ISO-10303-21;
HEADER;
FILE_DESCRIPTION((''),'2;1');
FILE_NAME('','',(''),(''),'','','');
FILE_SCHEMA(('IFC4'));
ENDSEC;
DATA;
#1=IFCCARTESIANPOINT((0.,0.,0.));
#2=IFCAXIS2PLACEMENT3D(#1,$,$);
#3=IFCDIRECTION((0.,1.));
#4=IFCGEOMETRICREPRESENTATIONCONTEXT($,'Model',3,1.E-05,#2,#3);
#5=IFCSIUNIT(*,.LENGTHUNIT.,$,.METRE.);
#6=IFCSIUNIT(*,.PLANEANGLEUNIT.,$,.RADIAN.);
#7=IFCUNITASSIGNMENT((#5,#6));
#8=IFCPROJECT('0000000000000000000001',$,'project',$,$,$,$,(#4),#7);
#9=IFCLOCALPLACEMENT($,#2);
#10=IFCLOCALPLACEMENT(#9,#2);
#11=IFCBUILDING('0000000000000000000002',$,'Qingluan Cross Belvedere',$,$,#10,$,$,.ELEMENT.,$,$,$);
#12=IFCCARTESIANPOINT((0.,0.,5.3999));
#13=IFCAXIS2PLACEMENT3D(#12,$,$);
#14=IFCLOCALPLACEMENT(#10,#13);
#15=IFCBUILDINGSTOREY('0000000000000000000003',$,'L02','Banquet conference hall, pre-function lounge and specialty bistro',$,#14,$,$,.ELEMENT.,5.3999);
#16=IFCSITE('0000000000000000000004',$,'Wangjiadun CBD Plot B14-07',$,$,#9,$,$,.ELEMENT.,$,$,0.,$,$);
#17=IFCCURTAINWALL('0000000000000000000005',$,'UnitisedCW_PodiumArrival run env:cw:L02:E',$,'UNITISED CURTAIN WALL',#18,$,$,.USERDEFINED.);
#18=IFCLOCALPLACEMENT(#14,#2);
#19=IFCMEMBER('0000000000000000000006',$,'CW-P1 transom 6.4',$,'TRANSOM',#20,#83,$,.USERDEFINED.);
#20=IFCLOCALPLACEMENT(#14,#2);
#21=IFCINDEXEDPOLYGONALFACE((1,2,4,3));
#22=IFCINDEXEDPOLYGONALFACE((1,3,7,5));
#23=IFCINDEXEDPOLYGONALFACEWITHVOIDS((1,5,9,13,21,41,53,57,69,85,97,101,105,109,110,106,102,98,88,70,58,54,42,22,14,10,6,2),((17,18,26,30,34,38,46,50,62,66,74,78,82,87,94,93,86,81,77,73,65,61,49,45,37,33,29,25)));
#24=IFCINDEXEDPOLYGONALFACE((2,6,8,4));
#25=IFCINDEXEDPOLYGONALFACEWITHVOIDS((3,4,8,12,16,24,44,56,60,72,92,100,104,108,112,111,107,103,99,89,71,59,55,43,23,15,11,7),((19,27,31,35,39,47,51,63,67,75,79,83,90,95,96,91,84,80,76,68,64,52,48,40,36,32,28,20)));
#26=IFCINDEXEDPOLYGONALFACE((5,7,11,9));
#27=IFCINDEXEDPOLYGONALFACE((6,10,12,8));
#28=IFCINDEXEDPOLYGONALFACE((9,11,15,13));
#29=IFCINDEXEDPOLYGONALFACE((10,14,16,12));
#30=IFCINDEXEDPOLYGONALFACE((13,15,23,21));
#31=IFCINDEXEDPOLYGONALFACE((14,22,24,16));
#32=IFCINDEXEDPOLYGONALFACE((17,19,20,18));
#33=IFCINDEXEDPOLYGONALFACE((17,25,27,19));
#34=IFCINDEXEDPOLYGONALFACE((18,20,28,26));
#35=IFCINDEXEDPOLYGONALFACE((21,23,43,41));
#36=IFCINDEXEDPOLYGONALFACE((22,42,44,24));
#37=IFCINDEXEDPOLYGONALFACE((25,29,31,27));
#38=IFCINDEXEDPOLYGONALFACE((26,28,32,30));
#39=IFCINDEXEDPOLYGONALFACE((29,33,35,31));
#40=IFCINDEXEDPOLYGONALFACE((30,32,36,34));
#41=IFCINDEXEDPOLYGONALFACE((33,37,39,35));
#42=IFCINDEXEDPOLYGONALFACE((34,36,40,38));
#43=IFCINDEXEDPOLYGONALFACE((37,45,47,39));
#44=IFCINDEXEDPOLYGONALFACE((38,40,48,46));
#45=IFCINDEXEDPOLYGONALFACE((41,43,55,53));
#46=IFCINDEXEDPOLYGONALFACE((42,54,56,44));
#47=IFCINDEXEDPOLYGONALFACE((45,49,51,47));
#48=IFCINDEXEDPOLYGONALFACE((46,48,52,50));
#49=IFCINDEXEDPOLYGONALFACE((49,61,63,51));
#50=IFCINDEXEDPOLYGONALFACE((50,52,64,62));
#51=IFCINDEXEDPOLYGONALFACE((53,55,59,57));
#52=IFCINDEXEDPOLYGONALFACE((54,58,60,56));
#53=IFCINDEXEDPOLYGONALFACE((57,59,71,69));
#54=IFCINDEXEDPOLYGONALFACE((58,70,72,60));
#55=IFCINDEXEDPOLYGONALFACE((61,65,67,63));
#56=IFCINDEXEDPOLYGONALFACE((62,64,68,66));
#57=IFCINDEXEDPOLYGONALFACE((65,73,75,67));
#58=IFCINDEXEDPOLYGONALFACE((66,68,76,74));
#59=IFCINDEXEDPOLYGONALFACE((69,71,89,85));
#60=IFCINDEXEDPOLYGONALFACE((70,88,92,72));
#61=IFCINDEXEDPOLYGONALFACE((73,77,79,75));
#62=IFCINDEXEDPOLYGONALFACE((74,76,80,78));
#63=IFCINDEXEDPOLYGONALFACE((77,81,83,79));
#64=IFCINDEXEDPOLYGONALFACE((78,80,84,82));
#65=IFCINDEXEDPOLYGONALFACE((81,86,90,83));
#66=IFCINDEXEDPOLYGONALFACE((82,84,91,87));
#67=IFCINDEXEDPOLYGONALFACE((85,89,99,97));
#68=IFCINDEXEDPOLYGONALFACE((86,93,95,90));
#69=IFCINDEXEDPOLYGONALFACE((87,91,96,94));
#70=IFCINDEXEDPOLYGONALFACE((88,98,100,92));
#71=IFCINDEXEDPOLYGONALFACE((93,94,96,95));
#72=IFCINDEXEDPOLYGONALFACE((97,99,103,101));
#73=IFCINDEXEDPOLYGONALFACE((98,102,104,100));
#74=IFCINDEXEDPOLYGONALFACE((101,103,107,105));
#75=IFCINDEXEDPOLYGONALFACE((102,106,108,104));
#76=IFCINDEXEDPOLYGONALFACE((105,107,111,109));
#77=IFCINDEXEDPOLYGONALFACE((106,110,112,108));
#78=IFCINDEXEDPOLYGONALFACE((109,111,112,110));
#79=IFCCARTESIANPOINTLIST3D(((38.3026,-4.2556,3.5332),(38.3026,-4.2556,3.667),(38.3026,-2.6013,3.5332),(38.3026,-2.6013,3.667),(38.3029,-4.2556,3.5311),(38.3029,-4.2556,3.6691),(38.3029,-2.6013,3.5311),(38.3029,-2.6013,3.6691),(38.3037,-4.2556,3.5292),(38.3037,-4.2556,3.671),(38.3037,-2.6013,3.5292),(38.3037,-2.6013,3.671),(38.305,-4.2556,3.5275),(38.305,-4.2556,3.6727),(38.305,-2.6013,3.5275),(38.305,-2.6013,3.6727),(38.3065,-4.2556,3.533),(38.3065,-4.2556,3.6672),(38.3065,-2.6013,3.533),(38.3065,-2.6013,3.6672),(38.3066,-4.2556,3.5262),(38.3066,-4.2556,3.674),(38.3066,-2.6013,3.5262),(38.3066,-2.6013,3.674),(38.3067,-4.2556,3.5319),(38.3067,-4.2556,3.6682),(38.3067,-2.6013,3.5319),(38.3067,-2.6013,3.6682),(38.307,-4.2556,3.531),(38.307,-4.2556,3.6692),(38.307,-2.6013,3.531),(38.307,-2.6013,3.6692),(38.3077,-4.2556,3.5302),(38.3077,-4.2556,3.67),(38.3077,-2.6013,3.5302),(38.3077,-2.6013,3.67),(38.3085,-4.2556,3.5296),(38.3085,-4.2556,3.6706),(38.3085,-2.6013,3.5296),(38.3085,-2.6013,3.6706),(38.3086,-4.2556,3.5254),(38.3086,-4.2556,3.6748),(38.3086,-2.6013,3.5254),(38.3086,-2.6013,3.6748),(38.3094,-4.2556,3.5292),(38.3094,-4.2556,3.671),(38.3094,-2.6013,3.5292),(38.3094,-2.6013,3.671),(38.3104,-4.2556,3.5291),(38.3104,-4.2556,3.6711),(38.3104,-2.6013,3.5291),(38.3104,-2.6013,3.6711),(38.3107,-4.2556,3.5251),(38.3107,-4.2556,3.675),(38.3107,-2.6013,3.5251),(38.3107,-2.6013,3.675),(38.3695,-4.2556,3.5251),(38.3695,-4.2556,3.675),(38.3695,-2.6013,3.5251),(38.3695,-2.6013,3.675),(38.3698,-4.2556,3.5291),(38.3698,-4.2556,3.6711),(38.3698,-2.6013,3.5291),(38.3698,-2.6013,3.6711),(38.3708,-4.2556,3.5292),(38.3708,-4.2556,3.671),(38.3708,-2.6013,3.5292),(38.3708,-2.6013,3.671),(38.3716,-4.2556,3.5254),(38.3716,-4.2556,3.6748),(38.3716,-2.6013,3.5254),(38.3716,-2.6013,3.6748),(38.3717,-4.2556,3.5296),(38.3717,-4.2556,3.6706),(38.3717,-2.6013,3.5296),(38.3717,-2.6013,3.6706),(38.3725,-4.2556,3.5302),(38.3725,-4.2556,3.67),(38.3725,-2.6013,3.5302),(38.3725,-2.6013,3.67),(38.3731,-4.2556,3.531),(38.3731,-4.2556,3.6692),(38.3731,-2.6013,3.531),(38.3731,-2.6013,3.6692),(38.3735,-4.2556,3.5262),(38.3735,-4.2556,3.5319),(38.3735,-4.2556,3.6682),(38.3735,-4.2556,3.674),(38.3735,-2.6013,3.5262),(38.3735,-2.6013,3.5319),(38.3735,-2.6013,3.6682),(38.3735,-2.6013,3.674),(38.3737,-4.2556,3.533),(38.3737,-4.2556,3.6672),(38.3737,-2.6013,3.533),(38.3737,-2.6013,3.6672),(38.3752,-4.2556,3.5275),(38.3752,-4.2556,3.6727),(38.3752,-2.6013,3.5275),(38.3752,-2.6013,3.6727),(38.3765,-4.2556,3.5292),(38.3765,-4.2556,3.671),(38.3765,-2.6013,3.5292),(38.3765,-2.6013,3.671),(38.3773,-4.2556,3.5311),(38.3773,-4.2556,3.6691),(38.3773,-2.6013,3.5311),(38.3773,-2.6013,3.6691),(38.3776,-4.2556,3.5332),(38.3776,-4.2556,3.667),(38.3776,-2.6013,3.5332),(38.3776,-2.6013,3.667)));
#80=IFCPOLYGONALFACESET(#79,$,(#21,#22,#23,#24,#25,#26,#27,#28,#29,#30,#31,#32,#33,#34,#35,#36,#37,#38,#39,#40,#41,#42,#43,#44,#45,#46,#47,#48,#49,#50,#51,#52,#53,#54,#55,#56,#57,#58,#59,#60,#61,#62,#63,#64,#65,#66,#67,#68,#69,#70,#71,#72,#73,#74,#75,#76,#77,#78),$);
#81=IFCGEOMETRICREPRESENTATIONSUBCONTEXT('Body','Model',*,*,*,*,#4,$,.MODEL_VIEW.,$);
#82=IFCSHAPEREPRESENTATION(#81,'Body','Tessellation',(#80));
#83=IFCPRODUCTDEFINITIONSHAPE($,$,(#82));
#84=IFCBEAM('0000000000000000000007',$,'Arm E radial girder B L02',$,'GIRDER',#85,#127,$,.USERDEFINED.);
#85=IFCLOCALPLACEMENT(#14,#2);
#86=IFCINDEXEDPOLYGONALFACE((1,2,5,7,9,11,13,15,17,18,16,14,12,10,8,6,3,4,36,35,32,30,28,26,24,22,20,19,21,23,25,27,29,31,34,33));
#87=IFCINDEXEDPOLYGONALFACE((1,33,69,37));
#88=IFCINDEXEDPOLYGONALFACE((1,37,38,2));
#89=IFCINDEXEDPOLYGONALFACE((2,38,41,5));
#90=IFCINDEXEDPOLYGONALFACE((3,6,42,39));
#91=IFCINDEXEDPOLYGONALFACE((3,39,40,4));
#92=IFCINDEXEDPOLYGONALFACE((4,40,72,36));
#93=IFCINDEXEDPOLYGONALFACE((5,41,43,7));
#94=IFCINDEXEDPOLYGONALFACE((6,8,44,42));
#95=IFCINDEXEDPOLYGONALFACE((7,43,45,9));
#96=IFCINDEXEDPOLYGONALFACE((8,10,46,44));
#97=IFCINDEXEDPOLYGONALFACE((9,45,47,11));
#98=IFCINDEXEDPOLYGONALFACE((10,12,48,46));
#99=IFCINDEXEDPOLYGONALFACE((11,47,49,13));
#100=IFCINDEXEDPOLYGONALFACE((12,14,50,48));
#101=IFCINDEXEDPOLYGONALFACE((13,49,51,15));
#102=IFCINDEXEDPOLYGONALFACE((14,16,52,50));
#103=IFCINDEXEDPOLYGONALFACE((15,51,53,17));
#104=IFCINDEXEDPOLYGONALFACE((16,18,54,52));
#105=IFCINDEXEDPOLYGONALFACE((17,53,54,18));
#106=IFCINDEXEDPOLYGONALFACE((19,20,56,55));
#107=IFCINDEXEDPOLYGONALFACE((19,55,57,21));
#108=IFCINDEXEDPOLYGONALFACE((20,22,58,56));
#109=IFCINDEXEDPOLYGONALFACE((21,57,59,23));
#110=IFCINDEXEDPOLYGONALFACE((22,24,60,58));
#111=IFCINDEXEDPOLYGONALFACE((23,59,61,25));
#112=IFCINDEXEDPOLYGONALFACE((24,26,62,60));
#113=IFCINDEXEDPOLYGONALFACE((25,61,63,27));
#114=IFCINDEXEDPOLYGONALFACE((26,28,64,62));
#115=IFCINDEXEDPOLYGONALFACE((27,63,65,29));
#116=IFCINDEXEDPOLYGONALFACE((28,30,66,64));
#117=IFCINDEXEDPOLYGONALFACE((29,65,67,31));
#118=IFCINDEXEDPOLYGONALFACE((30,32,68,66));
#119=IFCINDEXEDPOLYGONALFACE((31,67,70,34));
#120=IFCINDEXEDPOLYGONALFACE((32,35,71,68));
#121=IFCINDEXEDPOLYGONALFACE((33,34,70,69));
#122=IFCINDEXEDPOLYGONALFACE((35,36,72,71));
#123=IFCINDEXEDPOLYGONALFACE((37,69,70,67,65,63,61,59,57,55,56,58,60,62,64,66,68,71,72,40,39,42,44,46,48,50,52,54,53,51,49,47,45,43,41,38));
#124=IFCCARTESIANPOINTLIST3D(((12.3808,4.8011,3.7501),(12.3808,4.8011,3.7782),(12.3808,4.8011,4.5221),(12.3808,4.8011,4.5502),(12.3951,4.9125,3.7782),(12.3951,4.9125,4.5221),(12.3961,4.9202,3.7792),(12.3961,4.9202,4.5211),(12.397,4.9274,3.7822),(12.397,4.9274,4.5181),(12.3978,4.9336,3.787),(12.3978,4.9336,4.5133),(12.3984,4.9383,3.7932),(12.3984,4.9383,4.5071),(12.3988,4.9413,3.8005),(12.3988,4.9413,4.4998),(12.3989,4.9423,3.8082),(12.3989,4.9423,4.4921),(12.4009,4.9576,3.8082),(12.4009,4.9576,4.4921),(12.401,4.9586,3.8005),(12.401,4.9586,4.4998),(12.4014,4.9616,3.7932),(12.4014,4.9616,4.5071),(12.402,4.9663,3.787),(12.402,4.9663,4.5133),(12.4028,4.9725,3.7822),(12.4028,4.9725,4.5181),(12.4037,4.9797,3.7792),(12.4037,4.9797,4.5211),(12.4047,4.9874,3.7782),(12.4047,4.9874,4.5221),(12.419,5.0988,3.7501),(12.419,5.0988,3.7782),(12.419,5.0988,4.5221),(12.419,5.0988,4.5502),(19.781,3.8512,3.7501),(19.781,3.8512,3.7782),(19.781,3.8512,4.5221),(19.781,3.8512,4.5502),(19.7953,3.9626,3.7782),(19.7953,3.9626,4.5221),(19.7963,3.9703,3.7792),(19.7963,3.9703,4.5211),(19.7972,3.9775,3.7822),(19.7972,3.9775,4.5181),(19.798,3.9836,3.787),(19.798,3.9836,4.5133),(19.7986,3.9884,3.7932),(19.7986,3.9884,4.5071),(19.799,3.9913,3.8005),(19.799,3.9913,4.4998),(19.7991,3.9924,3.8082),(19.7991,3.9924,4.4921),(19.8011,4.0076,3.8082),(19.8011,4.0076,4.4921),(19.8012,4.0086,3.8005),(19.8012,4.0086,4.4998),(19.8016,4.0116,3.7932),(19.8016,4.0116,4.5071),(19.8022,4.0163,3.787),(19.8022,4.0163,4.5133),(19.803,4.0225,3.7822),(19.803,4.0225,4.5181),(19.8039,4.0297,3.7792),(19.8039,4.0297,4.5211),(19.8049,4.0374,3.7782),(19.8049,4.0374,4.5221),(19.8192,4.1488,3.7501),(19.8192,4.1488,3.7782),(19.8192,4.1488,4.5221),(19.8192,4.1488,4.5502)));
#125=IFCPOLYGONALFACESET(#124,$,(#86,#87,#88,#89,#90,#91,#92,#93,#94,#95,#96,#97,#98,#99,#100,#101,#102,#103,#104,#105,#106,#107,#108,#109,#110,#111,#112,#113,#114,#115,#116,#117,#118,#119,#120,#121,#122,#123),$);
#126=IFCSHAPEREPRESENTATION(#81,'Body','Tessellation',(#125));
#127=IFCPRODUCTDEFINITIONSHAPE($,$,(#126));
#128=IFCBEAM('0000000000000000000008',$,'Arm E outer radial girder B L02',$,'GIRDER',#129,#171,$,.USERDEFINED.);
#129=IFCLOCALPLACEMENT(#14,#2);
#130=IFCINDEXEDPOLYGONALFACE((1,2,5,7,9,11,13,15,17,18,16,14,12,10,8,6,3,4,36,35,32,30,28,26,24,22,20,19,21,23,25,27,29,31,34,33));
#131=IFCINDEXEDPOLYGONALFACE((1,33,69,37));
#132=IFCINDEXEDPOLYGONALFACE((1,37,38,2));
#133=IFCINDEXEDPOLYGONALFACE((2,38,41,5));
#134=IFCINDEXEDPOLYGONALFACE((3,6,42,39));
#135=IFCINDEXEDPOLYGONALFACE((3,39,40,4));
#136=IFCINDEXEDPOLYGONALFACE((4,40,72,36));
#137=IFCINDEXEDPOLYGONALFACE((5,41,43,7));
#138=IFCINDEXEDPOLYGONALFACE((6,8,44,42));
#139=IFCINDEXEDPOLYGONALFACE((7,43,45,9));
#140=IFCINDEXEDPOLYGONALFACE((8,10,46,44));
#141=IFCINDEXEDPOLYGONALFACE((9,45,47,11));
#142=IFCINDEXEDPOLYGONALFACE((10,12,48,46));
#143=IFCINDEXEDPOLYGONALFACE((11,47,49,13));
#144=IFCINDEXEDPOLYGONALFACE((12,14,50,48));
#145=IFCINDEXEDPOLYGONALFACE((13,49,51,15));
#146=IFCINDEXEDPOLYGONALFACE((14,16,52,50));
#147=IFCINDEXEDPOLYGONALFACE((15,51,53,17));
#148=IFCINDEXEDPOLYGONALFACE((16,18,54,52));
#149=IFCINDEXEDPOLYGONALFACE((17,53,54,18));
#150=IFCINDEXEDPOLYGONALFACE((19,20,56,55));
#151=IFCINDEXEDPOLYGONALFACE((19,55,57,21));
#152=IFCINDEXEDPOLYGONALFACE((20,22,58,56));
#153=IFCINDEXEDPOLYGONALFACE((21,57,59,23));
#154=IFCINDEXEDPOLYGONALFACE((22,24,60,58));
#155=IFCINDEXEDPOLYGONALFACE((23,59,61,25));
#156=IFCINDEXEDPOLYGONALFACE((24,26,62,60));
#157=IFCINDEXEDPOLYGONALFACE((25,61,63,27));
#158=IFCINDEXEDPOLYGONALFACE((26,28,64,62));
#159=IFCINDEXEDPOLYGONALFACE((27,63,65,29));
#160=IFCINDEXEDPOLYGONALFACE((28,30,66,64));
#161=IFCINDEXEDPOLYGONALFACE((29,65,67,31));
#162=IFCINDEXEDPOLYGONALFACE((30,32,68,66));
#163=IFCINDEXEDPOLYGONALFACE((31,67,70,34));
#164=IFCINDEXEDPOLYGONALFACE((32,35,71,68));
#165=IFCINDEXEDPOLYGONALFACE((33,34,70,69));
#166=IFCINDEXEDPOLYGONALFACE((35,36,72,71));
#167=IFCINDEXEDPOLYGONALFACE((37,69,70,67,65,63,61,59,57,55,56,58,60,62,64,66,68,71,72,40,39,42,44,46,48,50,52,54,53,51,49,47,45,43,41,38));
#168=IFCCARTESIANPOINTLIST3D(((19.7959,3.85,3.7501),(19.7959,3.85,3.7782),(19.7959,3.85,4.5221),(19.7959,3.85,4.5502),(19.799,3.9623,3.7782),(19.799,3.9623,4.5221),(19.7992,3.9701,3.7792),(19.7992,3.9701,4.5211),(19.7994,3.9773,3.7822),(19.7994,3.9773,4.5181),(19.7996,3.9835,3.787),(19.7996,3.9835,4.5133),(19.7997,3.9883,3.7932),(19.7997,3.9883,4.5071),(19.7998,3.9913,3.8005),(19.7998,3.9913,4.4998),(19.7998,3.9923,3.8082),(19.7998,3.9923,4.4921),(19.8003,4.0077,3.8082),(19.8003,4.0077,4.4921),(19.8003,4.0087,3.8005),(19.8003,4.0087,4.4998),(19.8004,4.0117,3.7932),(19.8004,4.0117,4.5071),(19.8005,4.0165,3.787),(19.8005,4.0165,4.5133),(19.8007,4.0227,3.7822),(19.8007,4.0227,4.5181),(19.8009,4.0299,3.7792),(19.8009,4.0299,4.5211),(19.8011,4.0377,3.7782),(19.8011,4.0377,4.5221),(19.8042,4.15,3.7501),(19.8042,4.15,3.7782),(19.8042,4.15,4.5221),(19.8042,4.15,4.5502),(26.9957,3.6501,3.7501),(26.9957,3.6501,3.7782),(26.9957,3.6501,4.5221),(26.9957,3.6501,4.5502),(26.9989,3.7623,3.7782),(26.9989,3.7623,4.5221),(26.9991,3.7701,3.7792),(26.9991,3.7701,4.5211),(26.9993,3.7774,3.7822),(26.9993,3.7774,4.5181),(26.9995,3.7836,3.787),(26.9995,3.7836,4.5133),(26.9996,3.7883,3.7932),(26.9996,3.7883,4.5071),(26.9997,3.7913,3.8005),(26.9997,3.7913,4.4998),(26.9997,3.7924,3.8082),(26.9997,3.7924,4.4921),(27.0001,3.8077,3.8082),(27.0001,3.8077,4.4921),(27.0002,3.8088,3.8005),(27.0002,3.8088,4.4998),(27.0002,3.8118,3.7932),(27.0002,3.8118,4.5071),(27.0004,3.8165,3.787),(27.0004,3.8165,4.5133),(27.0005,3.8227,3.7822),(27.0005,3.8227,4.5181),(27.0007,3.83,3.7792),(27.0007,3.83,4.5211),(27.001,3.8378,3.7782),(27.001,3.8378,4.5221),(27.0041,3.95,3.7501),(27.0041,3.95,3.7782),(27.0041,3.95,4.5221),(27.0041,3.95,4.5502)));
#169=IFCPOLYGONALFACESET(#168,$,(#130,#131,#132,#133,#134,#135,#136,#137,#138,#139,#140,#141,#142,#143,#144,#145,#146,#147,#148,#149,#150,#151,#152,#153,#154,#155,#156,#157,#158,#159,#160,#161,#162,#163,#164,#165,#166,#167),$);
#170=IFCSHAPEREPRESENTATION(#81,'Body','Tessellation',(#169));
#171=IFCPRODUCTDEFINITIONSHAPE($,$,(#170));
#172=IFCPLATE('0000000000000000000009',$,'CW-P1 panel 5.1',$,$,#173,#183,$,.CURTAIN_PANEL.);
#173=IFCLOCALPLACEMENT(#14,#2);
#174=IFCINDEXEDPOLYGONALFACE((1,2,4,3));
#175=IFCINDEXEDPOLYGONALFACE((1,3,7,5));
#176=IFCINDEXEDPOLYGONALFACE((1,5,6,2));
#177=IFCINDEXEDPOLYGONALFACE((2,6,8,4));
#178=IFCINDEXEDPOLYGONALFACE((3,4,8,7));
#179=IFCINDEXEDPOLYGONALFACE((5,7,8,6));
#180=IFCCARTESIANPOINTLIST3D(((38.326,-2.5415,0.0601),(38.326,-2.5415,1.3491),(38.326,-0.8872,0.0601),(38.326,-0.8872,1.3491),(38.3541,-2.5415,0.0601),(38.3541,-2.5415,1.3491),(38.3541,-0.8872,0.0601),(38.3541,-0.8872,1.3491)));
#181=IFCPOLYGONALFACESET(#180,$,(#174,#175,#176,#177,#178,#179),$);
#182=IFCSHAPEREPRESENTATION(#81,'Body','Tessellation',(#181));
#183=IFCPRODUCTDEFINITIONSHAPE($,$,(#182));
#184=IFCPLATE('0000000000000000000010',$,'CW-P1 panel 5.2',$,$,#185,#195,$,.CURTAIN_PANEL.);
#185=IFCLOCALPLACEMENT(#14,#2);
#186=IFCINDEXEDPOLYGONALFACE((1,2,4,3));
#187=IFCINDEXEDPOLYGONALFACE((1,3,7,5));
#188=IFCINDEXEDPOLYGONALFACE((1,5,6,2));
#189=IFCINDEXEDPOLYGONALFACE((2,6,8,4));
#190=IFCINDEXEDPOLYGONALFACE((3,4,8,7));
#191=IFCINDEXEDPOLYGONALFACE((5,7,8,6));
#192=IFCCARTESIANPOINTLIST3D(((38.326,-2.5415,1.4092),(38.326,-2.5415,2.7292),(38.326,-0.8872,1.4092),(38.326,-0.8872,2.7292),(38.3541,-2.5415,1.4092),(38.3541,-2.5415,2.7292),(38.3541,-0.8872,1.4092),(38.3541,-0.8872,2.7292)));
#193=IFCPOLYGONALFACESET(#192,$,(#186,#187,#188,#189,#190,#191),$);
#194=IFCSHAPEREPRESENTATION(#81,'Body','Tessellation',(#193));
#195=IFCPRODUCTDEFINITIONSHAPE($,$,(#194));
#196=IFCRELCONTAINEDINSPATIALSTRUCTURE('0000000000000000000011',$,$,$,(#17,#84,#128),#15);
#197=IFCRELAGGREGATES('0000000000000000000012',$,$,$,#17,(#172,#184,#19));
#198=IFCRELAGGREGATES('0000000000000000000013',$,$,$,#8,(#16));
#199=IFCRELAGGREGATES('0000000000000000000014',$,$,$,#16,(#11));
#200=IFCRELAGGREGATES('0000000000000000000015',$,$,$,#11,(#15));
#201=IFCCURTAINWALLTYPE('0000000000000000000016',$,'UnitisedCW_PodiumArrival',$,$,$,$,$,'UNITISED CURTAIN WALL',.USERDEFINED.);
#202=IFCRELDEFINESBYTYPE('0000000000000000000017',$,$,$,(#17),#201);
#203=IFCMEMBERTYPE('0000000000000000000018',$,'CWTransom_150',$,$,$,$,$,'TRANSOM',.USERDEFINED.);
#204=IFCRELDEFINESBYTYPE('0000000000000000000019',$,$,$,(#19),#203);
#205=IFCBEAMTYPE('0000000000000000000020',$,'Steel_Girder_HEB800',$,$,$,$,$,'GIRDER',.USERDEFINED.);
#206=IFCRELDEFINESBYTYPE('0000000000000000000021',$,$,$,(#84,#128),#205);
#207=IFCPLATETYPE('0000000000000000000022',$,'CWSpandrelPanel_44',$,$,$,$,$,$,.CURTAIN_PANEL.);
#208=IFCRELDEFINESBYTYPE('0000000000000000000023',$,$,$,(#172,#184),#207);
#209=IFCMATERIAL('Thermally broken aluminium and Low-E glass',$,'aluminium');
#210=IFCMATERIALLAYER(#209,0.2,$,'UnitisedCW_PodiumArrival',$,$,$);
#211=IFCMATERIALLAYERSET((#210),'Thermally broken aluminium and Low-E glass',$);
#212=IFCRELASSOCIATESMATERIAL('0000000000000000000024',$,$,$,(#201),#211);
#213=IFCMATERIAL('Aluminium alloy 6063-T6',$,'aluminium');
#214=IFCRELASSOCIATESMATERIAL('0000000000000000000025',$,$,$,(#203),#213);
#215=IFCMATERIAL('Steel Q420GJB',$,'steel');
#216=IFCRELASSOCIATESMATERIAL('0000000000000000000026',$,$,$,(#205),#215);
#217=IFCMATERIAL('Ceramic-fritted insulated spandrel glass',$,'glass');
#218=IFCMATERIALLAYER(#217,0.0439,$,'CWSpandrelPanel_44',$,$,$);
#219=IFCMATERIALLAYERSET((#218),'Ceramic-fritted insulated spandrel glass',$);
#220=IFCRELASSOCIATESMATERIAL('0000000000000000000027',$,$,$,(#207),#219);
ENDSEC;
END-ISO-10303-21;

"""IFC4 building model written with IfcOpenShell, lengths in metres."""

from ifc_helpers import new_model, si_unit, direction, frame, origin, origin_2d, place, context, subcontext, project, spatial, rectangle, hollow_rectangle, i_section, extrude, material, layer, layer_set, material_profile, profile_set, type_object, element, aggregate, save


model = new_model("IFC4")

# Units and contexts
model_context = context("Model", 3, precision=1e-05, world=origin(), true_north=direction((0.0, 1.0)))
body_context = subcontext(model_context, "Body", "Model", "MODEL_VIEW")
ifc_project = project(units=[si_unit("LENGTHUNIT", "METRE"), si_unit("PLANEANGLEUNIT", "RADIAN")], contexts=[model_context])

# Site, building, storey
site_placement = place(None, origin())
site = spatial("IfcSite", under=ifc_project, at=site_placement, Name="Wangjiadun CBD Plot B14-07", CompositionType="ELEMENT", RefElevation=0.0)
building_placement = place(site_placement, origin())
building = spatial("IfcBuilding", under=site, at=building_placement, Name="Qingluan Cross Belvedere", CompositionType="ELEMENT")
storey_placement = place(building_placement, frame((0.0, 0.0, 5.3999)))
storey = spatial("IfcBuildingStorey", under=building, at=storey_placement, Name="L02", Description="Banquet conference hall, pre-function lounge and specialty bistro", CompositionType="ELEMENT", Elevation=5.3999)

# Curtain wall, member
ifc_material_1 = material(Name="Thermally broken aluminium and Low-E glass", Category="aluminium")
ifc_layer_1 = layer(ifc_material_1, 0.2, Name="UnitisedCW_PodiumArrival")
ifc_layer_set_1 = layer_set([ifc_layer_1], Name="Thermally broken aluminium and Low-E glass")
curtain_wall_type = type_object("IfcCurtainWallType", Name="UnitisedCW_PodiumArrival", ElementType="UNITISED CURTAIN WALL", PredefinedType="USERDEFINED", material=ifc_layer_set_1)
curtain_wall_placement = place(storey_placement, origin())
curtain_wall = element("IfcCurtainWall", 1, at=curtain_wall_placement, inside=storey, type_object=curtain_wall_type, Name="UnitisedCW_PodiumArrival run env:cw:L02:E", ObjectType="UNITISED CURTAIN WALL", PredefinedType="USERDEFINED")
ifc_material_2 = material(Name="Aluminium alloy 6063-T6", Category="aluminium")
ifc_material_profile_1 = material_profile(ifc_material_2, hollow_rectangle(XDim=0.075, YDim=0.1499, WallThickness=0.0039, InnerFilletRadius=0.0039, OuterFilletRadius=0.0081, at=origin_2d()), Name="CWT150x75x4")
ifc_profile_set_1 = profile_set([ifc_material_profile_1], Name="Aluminium alloy 6063-T6")
member_type_1 = type_object("IfcMemberType", Name="CWTransom_150", ElementType="TRANSOM", PredefinedType="USERDEFINED", material=ifc_profile_set_1)
member_1_placement = place(storey_placement, frame((38.3401, -2.6013, 3.6001), z_axis=(0.0, -1.0, 0.0), x_axis=(1.0, 0.0, 0.0)))
member_1 = element("IfcMember", 2, at=member_1_placement, type_object=member_type_1, Name="CW-P1 transom 6.4", ObjectType="TRANSOM", PredefinedType="USERDEFINED", context=body_context, shape_type="SweptSolid", body=[
    extrude(hollow_rectangle(XDim=0.075, YDim=0.1499, WallThickness=0.0039, InnerFilletRadius=0.0039, OuterFilletRadius=0.0081, at=origin_2d()), origin(), (0.0, 0.0, 1.0), 1.6543),
])

# Beams
ifc_material_3 = material(Name="Steel Q420GJB", Category="steel")
ifc_material_profile_2 = material_profile(ifc_material_3, i_section(OverallWidth=0.3, OverallDepth=0.8, WebThickness=0.0154, FlangeThickness=0.0281, FilletRadius=0.03, at=origin_2d()), Name="HEB800")
ifc_profile_set_2 = profile_set([ifc_material_profile_2], Name="Steel Q420GJB")
beam_type = type_object("IfcBeamType", Name="Steel_Girder_HEB800", ElementType="GIRDER", PredefinedType="USERDEFINED", material=ifc_profile_set_2)
beam_1_placement = place(storey_placement, frame((12.3999, 4.95, 4.1501), z_axis=(0.991861, -0.127324, 0.0), x_axis=(0.127324, 0.991861, 0.0)))
element("IfcBeam", 3, at=beam_1_placement, inside=storey, type_object=beam_type, Name="Arm E radial girder B L02", ObjectType="GIRDER", PredefinedType="USERDEFINED", context=body_context, shape_type="SweptSolid", body=[
    extrude(i_section(OverallWidth=0.3, OverallDepth=0.8, WebThickness=0.0154, FlangeThickness=0.0281, FilletRadius=0.03, at=origin_2d()), origin(), (0.0, 0.0, 1.0), 7.4609),
])
beam_2_placement = place(storey_placement, frame((19.8, 4.0, 4.1501), z_axis=(0.999615, -0.02776, 0.0), x_axis=(0.02776, 0.999615, 0.0)))
element("IfcBeam", 4, at=beam_2_placement, inside=storey, type_object=beam_type, Name="Arm E outer radial girder B L02", ObjectType="GIRDER", PredefinedType="USERDEFINED", context=body_context, shape_type="SweptSolid", body=[
    extrude(i_section(OverallWidth=0.3, OverallDepth=0.8, WebThickness=0.0154, FlangeThickness=0.0281, FilletRadius=0.03, at=origin_2d()), origin(), (0.0, 0.0, 1.0), 7.2026),
])

# Plates
ifc_material_4 = material(Name="Ceramic-fritted insulated spandrel glass", Category="glass")
ifc_layer_2 = layer(ifc_material_4, 0.0439, Name="CWSpandrelPanel_44")
ifc_layer_set_2 = layer_set([ifc_layer_2], Name="Ceramic-fritted insulated spandrel glass")
plate_type = type_object("IfcPlateType", Name="CWSpandrelPanel_44", PredefinedType="CURTAIN_PANEL", material=ifc_layer_set_2)
plate_1_placement = place(storey_placement, frame((38.3401, -1.7144, 0.0601), z_axis=(0.0, 0.0, 1.0), x_axis=(0.0, -1.0, 0.0)))
plate_1 = element("IfcPlate", 5, at=plate_1_placement, type_object=plate_type, Name="CW-P1 panel 5.1", PredefinedType="CURTAIN_PANEL", context=body_context, shape_type="SweptSolid", body=[
    extrude(rectangle(XDim=1.6543, YDim=0.0281, at=origin_2d()), origin(), (0.0, 0.0, 1.0), 1.2891),
])
plate_2_placement = place(storey_placement, frame((38.3401, -1.7144, 1.4092), z_axis=(0.0, 0.0, 1.0), x_axis=(0.0, -1.0, 0.0)))
plate_2 = element("IfcPlate", 6, at=plate_2_placement, type_object=plate_type, Name="CW-P1 panel 5.2", PredefinedType="CURTAIN_PANEL", context=body_context, shape_type="SweptSolid", body=[
    extrude(rectangle(XDim=1.6543, YDim=0.0281, at=origin_2d()), origin(), (0.0, 0.0, 1.0), 1.3201),
])
aggregate(curtain_wall, [plate_1, plate_2, member_1])

save(model, "model.ifc")
